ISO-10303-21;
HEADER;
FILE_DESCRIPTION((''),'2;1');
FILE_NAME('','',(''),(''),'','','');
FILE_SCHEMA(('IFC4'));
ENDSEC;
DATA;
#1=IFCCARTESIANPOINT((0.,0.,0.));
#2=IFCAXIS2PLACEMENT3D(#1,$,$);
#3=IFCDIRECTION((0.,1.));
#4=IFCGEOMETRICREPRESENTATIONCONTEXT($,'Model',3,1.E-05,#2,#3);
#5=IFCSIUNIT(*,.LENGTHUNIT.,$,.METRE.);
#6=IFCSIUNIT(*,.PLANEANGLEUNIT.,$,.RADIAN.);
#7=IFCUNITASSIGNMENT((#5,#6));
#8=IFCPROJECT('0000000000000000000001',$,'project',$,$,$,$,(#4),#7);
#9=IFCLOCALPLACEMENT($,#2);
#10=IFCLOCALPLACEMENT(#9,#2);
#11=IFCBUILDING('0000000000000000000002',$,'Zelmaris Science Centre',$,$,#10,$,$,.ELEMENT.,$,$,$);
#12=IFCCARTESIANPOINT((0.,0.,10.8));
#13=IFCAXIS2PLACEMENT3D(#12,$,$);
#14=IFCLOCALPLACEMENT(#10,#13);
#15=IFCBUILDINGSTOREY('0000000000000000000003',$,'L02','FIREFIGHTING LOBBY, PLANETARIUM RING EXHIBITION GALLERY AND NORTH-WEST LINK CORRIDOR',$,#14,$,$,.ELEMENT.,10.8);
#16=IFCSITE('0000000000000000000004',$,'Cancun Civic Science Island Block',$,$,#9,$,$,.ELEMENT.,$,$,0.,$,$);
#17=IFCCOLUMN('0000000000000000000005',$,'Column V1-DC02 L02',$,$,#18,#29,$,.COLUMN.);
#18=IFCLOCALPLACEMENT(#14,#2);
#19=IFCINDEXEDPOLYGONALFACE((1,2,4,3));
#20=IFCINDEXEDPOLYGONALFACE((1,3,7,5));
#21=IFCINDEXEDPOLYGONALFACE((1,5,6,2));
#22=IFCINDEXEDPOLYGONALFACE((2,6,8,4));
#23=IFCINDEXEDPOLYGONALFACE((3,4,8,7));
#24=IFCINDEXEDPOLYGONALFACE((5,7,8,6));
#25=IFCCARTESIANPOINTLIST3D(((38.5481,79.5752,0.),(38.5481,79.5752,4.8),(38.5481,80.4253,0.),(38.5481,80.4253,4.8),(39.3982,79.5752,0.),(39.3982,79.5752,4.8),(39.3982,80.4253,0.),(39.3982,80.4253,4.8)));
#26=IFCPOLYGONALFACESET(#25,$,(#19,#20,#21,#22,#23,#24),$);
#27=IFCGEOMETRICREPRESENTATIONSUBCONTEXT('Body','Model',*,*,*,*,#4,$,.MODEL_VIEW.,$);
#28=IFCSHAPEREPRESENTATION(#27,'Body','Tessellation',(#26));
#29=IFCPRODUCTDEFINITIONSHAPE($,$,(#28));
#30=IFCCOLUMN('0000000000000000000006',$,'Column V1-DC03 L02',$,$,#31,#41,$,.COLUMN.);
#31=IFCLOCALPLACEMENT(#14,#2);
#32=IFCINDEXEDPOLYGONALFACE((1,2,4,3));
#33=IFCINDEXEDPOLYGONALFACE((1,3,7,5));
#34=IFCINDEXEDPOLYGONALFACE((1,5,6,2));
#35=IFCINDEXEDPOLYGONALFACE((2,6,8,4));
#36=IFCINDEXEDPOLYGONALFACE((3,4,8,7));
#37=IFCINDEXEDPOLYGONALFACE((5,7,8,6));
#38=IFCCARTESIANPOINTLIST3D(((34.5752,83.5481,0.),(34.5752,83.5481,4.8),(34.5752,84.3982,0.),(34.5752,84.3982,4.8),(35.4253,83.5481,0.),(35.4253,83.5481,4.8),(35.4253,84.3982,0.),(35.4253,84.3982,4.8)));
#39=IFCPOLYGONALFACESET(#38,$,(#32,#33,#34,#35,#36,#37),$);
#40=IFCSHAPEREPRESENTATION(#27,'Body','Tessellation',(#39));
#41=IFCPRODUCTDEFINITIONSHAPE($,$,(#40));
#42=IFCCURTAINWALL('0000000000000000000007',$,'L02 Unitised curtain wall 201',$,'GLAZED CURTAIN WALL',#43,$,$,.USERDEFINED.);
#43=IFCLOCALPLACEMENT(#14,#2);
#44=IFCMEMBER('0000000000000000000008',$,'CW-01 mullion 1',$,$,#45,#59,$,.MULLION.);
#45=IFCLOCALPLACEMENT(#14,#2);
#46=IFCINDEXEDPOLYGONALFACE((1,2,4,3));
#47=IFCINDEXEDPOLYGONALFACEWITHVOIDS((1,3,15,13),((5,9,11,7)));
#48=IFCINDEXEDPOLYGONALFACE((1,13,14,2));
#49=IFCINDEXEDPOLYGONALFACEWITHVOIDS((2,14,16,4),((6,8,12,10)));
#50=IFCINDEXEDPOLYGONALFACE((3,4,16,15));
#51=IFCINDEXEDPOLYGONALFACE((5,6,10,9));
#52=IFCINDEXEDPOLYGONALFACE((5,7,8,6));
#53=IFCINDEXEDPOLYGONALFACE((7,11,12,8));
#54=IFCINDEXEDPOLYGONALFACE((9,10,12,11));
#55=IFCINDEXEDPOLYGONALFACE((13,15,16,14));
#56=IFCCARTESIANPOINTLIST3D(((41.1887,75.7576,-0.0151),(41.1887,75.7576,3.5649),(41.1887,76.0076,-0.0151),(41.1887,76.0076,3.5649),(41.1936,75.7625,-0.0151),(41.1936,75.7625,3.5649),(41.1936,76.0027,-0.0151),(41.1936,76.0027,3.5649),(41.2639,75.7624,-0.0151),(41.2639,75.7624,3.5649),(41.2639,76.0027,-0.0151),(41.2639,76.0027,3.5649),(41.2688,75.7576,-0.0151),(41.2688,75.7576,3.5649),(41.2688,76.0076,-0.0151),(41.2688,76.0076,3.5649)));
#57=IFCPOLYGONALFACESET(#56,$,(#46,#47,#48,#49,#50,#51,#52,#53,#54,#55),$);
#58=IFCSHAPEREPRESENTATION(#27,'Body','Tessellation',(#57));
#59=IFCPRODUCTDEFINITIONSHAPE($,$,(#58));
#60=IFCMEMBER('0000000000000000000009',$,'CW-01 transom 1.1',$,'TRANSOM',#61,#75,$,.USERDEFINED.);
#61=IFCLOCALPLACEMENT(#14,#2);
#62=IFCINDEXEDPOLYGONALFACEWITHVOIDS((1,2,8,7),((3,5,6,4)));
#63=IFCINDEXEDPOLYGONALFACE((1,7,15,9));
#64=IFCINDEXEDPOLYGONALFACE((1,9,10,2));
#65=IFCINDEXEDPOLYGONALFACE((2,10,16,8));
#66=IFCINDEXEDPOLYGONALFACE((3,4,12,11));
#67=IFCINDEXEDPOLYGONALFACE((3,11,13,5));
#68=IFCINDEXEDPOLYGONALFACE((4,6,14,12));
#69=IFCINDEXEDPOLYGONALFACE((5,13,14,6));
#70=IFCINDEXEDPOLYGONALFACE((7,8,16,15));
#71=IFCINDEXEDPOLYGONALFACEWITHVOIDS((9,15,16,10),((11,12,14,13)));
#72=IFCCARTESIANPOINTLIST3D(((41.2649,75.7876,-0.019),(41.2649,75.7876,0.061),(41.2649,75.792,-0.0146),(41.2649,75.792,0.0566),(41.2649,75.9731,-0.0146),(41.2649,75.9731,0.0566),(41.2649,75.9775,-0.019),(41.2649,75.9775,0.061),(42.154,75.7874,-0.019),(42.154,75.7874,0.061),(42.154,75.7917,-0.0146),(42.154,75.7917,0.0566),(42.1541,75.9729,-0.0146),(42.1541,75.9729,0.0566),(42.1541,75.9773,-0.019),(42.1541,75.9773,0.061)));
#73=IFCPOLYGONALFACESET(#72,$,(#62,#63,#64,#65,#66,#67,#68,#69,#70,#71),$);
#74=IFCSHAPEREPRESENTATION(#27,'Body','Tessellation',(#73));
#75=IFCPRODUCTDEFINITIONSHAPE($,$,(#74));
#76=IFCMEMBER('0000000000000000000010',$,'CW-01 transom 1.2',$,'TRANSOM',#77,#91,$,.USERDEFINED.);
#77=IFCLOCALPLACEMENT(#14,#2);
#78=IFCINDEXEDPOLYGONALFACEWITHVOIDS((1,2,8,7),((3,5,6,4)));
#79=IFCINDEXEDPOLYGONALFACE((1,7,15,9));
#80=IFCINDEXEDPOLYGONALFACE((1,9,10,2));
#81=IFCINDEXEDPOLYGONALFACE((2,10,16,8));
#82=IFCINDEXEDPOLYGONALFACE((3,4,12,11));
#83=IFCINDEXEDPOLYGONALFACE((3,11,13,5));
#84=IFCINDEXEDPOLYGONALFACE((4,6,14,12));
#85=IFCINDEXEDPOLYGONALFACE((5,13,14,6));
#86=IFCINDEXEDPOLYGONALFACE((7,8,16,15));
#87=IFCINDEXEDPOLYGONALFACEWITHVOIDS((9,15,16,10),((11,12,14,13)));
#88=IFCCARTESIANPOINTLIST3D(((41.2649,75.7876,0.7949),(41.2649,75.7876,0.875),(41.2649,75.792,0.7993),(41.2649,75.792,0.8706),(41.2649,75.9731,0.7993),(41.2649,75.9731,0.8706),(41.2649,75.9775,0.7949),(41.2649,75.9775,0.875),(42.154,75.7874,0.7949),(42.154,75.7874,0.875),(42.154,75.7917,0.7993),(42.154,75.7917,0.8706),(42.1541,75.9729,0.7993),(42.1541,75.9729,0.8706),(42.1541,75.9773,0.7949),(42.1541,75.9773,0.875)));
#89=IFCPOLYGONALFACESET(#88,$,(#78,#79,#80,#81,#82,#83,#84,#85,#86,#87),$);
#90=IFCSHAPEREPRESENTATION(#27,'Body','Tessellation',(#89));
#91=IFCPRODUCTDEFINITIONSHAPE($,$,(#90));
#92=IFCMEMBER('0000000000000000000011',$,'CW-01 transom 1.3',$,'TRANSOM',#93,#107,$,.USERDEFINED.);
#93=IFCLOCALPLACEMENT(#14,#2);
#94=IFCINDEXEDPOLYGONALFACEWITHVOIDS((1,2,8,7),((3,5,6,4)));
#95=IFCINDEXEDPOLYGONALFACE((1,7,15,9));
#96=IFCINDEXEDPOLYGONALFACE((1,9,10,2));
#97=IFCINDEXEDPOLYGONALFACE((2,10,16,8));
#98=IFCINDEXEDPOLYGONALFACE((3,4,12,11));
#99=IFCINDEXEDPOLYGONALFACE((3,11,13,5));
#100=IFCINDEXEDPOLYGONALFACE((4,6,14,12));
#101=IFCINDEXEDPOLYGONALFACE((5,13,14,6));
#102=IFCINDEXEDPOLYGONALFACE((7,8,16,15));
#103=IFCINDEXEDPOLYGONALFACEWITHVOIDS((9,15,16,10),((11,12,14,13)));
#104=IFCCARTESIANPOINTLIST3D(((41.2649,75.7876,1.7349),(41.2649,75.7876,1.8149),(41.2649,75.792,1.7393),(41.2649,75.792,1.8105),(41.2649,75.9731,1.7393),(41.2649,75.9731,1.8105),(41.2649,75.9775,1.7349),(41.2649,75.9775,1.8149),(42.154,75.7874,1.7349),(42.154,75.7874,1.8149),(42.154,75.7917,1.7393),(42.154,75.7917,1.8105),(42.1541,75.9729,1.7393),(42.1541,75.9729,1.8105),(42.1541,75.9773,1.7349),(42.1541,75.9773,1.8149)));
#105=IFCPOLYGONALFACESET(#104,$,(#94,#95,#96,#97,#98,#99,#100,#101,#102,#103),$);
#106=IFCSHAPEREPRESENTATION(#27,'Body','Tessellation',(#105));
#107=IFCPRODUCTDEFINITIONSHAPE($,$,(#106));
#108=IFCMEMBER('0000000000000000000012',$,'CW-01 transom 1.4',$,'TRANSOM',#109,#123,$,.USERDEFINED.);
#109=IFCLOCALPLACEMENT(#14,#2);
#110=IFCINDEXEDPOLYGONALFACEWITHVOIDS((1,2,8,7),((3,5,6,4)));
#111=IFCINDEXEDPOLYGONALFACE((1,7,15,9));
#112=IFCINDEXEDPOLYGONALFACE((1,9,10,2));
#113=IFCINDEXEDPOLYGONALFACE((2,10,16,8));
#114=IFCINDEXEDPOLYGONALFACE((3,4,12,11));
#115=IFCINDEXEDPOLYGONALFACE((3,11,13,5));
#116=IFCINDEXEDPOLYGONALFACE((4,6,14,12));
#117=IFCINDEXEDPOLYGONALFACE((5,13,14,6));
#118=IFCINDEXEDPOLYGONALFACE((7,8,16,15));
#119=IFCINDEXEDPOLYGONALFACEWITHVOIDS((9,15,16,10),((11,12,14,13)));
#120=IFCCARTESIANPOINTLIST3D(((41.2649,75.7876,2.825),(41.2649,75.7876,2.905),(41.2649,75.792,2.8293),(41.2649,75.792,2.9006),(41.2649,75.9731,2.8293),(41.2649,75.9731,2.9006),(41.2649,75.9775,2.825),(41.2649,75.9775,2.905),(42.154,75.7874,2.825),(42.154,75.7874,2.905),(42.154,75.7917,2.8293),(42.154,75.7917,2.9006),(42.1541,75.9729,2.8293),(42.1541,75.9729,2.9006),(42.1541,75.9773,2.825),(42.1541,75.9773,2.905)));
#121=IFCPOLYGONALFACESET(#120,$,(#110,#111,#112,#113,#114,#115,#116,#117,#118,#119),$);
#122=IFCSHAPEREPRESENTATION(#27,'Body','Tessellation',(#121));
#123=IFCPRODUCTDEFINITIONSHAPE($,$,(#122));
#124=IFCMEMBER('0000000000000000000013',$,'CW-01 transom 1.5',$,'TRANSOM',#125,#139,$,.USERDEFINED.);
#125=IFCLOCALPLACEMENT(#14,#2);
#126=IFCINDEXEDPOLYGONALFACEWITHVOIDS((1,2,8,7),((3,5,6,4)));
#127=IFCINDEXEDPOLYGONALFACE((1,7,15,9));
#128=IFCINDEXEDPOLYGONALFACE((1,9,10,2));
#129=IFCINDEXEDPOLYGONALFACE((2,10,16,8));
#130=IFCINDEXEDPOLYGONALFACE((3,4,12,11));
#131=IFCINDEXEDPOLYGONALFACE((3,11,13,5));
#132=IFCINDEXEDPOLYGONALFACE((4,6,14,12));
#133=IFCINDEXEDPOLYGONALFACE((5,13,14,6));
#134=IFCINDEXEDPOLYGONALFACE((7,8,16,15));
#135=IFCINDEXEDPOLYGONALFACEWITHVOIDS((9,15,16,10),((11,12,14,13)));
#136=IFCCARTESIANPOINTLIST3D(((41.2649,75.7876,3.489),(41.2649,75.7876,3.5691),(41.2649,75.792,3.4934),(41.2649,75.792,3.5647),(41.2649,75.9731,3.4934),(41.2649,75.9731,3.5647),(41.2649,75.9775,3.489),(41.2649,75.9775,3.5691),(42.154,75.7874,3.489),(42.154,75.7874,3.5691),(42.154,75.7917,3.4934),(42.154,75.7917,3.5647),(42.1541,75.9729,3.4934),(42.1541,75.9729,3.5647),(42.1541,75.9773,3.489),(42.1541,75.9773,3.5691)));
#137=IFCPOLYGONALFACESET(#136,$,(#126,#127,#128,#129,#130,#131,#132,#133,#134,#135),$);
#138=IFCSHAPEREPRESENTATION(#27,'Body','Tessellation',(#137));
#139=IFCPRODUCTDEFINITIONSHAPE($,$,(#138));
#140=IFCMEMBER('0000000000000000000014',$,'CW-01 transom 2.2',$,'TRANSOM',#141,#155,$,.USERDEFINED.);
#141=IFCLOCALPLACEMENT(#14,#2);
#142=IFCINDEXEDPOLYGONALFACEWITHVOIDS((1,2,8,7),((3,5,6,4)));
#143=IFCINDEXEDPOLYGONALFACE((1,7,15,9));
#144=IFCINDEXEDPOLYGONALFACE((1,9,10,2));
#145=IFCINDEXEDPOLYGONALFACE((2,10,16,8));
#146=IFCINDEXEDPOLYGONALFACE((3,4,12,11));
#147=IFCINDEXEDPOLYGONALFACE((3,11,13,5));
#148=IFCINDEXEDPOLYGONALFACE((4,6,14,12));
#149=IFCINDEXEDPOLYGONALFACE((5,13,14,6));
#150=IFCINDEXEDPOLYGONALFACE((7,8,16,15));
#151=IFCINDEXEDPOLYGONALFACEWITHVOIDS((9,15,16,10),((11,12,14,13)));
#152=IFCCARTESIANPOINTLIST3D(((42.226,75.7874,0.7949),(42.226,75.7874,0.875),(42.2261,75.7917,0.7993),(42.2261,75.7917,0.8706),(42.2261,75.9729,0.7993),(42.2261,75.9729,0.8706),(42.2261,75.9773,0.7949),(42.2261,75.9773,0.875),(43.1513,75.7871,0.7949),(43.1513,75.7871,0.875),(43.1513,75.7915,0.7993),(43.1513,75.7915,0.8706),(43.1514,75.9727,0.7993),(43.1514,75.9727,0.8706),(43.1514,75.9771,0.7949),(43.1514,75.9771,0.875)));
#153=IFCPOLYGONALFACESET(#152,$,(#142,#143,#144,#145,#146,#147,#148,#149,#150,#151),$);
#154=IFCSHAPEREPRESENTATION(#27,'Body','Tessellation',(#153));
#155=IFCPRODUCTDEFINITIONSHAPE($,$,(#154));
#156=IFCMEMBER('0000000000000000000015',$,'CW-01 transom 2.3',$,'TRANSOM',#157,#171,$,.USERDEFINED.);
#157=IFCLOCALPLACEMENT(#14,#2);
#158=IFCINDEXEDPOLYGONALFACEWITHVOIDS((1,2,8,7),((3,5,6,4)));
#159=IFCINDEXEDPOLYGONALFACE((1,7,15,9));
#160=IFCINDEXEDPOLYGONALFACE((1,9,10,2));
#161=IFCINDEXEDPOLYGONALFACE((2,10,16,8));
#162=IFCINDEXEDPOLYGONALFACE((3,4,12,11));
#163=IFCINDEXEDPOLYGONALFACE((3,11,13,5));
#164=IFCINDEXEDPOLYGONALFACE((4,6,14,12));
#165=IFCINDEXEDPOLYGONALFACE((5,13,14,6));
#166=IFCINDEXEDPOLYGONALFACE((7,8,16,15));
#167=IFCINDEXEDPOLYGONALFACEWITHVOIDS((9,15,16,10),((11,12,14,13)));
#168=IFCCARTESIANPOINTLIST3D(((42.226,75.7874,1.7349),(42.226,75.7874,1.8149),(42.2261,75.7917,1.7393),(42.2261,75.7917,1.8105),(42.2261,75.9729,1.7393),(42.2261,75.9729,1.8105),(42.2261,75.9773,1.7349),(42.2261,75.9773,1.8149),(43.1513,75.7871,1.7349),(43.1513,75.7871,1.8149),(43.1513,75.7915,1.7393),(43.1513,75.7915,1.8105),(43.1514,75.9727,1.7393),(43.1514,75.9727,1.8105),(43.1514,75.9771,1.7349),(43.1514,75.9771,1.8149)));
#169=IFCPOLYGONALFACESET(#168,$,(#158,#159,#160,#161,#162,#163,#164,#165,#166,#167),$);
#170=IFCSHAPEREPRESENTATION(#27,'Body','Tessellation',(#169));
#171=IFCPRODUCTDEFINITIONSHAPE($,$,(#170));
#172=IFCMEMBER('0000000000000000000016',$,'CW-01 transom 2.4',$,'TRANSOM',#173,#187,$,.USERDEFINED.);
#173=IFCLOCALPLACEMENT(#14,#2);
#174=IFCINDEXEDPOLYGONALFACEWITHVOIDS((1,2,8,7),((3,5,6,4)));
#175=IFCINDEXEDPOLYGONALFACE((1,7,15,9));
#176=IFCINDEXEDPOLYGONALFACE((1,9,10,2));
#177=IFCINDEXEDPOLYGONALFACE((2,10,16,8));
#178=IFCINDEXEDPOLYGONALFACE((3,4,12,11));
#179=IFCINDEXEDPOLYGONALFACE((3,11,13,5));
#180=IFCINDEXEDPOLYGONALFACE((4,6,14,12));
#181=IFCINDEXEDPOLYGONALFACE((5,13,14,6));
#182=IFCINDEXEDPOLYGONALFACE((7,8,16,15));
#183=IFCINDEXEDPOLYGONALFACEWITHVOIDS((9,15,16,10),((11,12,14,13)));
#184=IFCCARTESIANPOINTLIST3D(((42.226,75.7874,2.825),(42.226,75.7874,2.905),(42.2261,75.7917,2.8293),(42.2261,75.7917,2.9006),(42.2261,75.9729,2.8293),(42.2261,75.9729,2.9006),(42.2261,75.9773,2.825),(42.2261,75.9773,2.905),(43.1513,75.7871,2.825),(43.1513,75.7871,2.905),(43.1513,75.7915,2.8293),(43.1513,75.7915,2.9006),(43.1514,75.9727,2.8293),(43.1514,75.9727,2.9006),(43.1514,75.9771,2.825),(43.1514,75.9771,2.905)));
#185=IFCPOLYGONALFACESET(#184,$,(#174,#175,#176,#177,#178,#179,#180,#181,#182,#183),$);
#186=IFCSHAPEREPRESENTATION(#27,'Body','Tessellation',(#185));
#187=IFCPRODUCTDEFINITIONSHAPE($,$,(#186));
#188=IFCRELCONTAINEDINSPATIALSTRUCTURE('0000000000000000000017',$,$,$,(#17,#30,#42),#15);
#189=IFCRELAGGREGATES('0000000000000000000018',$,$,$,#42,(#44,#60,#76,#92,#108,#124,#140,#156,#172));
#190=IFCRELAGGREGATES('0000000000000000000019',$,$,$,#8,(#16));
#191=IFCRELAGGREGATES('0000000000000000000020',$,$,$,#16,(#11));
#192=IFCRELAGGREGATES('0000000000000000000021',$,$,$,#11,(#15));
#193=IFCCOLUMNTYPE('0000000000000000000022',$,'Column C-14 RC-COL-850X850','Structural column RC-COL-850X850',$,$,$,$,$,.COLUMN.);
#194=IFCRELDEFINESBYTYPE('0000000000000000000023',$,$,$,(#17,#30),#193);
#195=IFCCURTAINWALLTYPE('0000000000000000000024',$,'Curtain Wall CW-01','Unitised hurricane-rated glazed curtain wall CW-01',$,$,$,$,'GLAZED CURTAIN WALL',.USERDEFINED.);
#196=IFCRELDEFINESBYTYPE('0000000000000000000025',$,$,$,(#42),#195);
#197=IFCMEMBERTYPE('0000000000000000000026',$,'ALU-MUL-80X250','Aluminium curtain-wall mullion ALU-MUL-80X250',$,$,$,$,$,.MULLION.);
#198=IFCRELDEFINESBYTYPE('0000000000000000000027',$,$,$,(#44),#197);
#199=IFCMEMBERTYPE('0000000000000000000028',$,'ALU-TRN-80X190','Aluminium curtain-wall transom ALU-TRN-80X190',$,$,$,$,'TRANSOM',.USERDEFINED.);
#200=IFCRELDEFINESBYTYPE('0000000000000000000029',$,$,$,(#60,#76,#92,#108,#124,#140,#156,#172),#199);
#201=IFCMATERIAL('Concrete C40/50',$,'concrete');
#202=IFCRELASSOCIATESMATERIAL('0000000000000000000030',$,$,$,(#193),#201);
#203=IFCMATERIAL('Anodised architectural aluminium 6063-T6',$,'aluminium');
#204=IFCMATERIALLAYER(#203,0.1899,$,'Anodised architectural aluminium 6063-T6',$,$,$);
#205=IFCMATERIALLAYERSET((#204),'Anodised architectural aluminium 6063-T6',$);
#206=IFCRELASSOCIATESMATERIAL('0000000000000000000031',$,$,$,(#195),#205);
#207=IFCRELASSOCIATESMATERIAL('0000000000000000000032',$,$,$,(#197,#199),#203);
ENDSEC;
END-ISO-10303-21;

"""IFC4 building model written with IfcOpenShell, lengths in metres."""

from ifc_helpers import new_model, si_unit, direction, frame, origin, origin_2d, place, context, subcontext, project, spatial, rectangle, hollow_rectangle, extrude, material, layer, layer_set, material_profile, profile_set, type_object, element, aggregate, save


model = new_model("IFC4")

# Units and contexts
model_context = context("Model", 3, precision=1e-05, world=origin(), true_north=direction((0.0, 1.0)))
body_context = subcontext(model_context, "Body", "Model", "MODEL_VIEW")
ifc_project = project(units=[si_unit("LENGTHUNIT", "METRE"), si_unit("PLANEANGLEUNIT", "RADIAN")], contexts=[model_context])

# Site, building, storey
site_placement = place(None, origin())
site = spatial("IfcSite", under=ifc_project, at=site_placement, Name="Cancun Civic Science Island Block", CompositionType="ELEMENT", RefElevation=0.0)
building_placement = place(site_placement, origin())
building = spatial("IfcBuilding", under=site, at=building_placement, Name="Zelmaris Science Centre", CompositionType="ELEMENT")
storey_placement = place(building_placement, frame((0.0, 0.0, 10.8)))
storey = spatial("IfcBuildingStorey", under=building, at=storey_placement, Name="L02", Description="FIREFIGHTING LOBBY, PLANETARIUM RING EXHIBITION GALLERY AND NORTH-WEST LINK CORRIDOR", CompositionType="ELEMENT", Elevation=10.8)

# Columns
ifc_material_1 = material(Name="Concrete C40/50", Category="concrete")
ifc_material_profile_1 = material_profile(ifc_material_1, rectangle(XDim=0.8501, YDim=0.8501, at=origin_2d()), Name="RC-COL-850X850")
ifc_profile_set_1 = profile_set([ifc_material_profile_1], Name="Concrete C40/50")
column_type = type_object("IfcColumnType", Name="Column C-14 RC-COL-850X850", Description="Structural column RC-COL-850X850", PredefinedType="COLUMN", material=ifc_profile_set_1)
for number, where, z_axis, x_axis, name in (
    (1, (38.9731, 80.0002, 0.0), (0.0, 0.0, 1.0), (1.0, 0.0, 0.0), "Column V1-DC02 L02"),
    (2, (35.0002, 83.9731, 0.0), (0.0, 0.0, 1.0), (1.0, 0.0, 0.0), "Column V1-DC03 L02"),
):
    element("IfcColumn", number, at=place(storey_placement, frame(where, z_axis=z_axis, x_axis=x_axis)), inside=storey, type_object=column_type, Name=name, PredefinedType="COLUMN", context=body_context, shape_type="SweptSolid", body=[
        extrude(rectangle(XDim=0.8501, YDim=0.8501, at=origin_2d()), origin(), (0.0, 0.0, 1.0), 4.8),
    ])

# Curtain wall, members
ifc_material_2 = material(Name="Anodised architectural aluminium 6063-T6", Category="aluminium")
ifc_layer_1 = layer(ifc_material_2, 0.1899, Name="Anodised architectural aluminium 6063-T6")
ifc_layer_set_1 = layer_set([ifc_layer_1], Name="Anodised architectural aluminium 6063-T6")
curtain_wall_type = type_object("IfcCurtainWallType", Name="Curtain Wall CW-01", Description="Unitised hurricane-rated glazed curtain wall CW-01", ElementType="GLAZED CURTAIN WALL", PredefinedType="USERDEFINED", material=ifc_layer_set_1)
curtain_wall_placement = place(storey_placement, origin())
curtain_wall = element("IfcCurtainWall", 3, at=curtain_wall_placement, inside=storey, type_object=curtain_wall_type, Name="L02 Unitised curtain wall 201", ObjectType="GLAZED CURTAIN WALL", PredefinedType="USERDEFINED")
ifc_material_profile_2 = material_profile(ifc_material_2, hollow_rectangle(XDim=0.0801, YDim=0.25, WallThickness=0.0049, at=origin_2d()), Name="ALU-MUL-80X250")
ifc_profile_set_2 = profile_set([ifc_material_profile_2], Name="Anodised architectural aluminium 6063-T6")
member_type_1 = type_object("IfcMemberType", Name="ALU-MUL-80X250", Description="Aluminium curtain-wall mullion ALU-MUL-80X250", PredefinedType="MULLION", material=ifc_profile_set_2)
member_1_placement = place(storey_placement, frame((41.2288, 75.8826, -0.0151), z_axis=(0.0, 0.0, 1.0), x_axis=(1.0, -0.000194, 0.0)))
member_1 = element("IfcMember", 4, at=member_1_placement, type_object=member_type_1, Name="CW-01 mullion 1", PredefinedType="MULLION", context=body_context, shape_type="SweptSolid", body=[
    extrude(hollow_rectangle(XDim=0.0801, YDim=0.25, WallThickness=0.0049, at=origin_2d()), origin(), (0.0, 0.0, 1.0), 3.5801),
])
ifc_material_profile_3 = material_profile(ifc_material_2, hollow_rectangle(XDim=0.0801, YDim=0.1899, WallThickness=0.0044, at=origin_2d()), Name="ALU-TRN-80X190")
ifc_profile_set_3 = profile_set([ifc_material_profile_3], Name="Anodised architectural aluminium 6063-T6")
member_type_2 = type_object("IfcMemberType", Name="ALU-TRN-80X190", Description="Aluminium curtain-wall transom ALU-TRN-80X190", ElementType="TRANSOM", PredefinedType="USERDEFINED", material=ifc_profile_set_3)
member_2_placement = place(storey_placement, frame((41.2649, 75.8826, 0.021), z_axis=(1.0, -0.000275, 0.0), x_axis=(0.0, 0.0, 1.0)))
member_2 = element("IfcMember", 5, at=member_2_placement, type_object=member_type_2, Name="CW-01 transom 1.1", ObjectType="TRANSOM", PredefinedType="USERDEFINED", context=body_context, shape_type="SweptSolid", body=[
    extrude(hollow_rectangle(XDim=0.0801, YDim=0.1899, WallThickness=0.0044, at=origin_2d()), origin(), (0.0, 0.0, 1.0), 0.8892),
])
member_3_placement = place(storey_placement, frame((41.2649, 75.8826, 0.835), z_axis=(1.0, -0.000275, 0.0), x_axis=(0.0, 0.0, 1.0)))
member_3 = element("IfcMember", 6, at=member_3_placement, type_object=member_type_2, Name="CW-01 transom 1.2", ObjectType="TRANSOM", PredefinedType="USERDEFINED", context=body_context, shape_type="SweptSolid", body=[
    extrude(hollow_rectangle(XDim=0.0801, YDim=0.1899, WallThickness=0.0044, at=origin_2d()), origin(), (0.0, 0.0, 1.0), 0.8892),
])
member_4_placement = place(storey_placement, frame((41.2649, 75.8826, 1.7749), z_axis=(1.0, -0.000275, 0.0), x_axis=(0.0, 0.0, 1.0)))
member_4 = element("IfcMember", 7, at=member_4_placement, type_object=member_type_2, Name="CW-01 transom 1.3", ObjectType="TRANSOM", PredefinedType="USERDEFINED", context=body_context, shape_type="SweptSolid", body=[
    extrude(hollow_rectangle(XDim=0.0801, YDim=0.1899, WallThickness=0.0044, at=origin_2d()), origin(), (0.0, 0.0, 1.0), 0.8892),
])
member_5_placement = place(storey_placement, frame((41.2649, 75.8826, 2.865), z_axis=(1.0, -0.000275, 0.0), x_axis=(0.0, 0.0, 1.0)))
member_5 = element("IfcMember", 8, at=member_5_placement, type_object=member_type_2, Name="CW-01 transom 1.4", ObjectType="TRANSOM", PredefinedType="USERDEFINED", context=body_context, shape_type="SweptSolid", body=[
    extrude(hollow_rectangle(XDim=0.0801, YDim=0.1899, WallThickness=0.0044, at=origin_2d()), origin(), (0.0, 0.0, 1.0), 0.8892),
])
member_6_placement = place(storey_placement, frame((41.2649, 75.8826, 3.5291), z_axis=(1.0, -0.000275, 0.0), x_axis=(0.0, 0.0, 1.0)))
member_6 = element("IfcMember", 9, at=member_6_placement, type_object=member_type_2, Name="CW-01 transom 1.5", ObjectType="TRANSOM", PredefinedType="USERDEFINED", context=body_context, shape_type="SweptSolid", body=[
    extrude(hollow_rectangle(XDim=0.0801, YDim=0.1899, WallThickness=0.0044, at=origin_2d()), origin(), (0.0, 0.0, 1.0), 0.8892),
])
member_7_placement = place(storey_placement, frame((42.2261, 75.8823, 0.835), z_axis=(1.0, -0.000264, 0.0), x_axis=(0.0, 0.0, 1.0)))
member_7 = element("IfcMember", 10, at=member_7_placement, type_object=member_type_2, Name="CW-01 transom 2.2", ObjectType="TRANSOM", PredefinedType="USERDEFINED", context=body_context, shape_type="SweptSolid", body=[
    extrude(hollow_rectangle(XDim=0.0801, YDim=0.1899, WallThickness=0.0044, at=origin_2d()), origin(), (0.0, 0.0, 1.0), 0.9253),
])
member_8_placement = place(storey_placement, frame((42.2261, 75.8823, 1.7749), z_axis=(1.0, -0.000264, 0.0), x_axis=(0.0, 0.0, 1.0)))
member_8 = element("IfcMember", 11, at=member_8_placement, type_object=member_type_2, Name="CW-01 transom 2.3", ObjectType="TRANSOM", PredefinedType="USERDEFINED", context=body_context, shape_type="SweptSolid", body=[
    extrude(hollow_rectangle(XDim=0.0801, YDim=0.1899, WallThickness=0.0044, at=origin_2d()), origin(), (0.0, 0.0, 1.0), 0.9253),
])
member_9_placement = place(storey_placement, frame((42.2261, 75.8823, 2.865), z_axis=(1.0, -0.000264, 0.0), x_axis=(0.0, 0.0, 1.0)))
member_9 = element("IfcMember", 12, at=member_9_placement, type_object=member_type_2, Name="CW-01 transom 2.4", ObjectType="TRANSOM", PredefinedType="USERDEFINED", context=body_context, shape_type="SweptSolid", body=[
    extrude(hollow_rectangle(XDim=0.0801, YDim=0.1899, WallThickness=0.0044, at=origin_2d()), origin(), (0.0, 0.0, 1.0), 0.9253),
])
aggregate(curtain_wall, [member_1, member_2, member_3, member_4, member_5, member_6, member_7, member_8, member_9])

save(model, "model.ifc")
